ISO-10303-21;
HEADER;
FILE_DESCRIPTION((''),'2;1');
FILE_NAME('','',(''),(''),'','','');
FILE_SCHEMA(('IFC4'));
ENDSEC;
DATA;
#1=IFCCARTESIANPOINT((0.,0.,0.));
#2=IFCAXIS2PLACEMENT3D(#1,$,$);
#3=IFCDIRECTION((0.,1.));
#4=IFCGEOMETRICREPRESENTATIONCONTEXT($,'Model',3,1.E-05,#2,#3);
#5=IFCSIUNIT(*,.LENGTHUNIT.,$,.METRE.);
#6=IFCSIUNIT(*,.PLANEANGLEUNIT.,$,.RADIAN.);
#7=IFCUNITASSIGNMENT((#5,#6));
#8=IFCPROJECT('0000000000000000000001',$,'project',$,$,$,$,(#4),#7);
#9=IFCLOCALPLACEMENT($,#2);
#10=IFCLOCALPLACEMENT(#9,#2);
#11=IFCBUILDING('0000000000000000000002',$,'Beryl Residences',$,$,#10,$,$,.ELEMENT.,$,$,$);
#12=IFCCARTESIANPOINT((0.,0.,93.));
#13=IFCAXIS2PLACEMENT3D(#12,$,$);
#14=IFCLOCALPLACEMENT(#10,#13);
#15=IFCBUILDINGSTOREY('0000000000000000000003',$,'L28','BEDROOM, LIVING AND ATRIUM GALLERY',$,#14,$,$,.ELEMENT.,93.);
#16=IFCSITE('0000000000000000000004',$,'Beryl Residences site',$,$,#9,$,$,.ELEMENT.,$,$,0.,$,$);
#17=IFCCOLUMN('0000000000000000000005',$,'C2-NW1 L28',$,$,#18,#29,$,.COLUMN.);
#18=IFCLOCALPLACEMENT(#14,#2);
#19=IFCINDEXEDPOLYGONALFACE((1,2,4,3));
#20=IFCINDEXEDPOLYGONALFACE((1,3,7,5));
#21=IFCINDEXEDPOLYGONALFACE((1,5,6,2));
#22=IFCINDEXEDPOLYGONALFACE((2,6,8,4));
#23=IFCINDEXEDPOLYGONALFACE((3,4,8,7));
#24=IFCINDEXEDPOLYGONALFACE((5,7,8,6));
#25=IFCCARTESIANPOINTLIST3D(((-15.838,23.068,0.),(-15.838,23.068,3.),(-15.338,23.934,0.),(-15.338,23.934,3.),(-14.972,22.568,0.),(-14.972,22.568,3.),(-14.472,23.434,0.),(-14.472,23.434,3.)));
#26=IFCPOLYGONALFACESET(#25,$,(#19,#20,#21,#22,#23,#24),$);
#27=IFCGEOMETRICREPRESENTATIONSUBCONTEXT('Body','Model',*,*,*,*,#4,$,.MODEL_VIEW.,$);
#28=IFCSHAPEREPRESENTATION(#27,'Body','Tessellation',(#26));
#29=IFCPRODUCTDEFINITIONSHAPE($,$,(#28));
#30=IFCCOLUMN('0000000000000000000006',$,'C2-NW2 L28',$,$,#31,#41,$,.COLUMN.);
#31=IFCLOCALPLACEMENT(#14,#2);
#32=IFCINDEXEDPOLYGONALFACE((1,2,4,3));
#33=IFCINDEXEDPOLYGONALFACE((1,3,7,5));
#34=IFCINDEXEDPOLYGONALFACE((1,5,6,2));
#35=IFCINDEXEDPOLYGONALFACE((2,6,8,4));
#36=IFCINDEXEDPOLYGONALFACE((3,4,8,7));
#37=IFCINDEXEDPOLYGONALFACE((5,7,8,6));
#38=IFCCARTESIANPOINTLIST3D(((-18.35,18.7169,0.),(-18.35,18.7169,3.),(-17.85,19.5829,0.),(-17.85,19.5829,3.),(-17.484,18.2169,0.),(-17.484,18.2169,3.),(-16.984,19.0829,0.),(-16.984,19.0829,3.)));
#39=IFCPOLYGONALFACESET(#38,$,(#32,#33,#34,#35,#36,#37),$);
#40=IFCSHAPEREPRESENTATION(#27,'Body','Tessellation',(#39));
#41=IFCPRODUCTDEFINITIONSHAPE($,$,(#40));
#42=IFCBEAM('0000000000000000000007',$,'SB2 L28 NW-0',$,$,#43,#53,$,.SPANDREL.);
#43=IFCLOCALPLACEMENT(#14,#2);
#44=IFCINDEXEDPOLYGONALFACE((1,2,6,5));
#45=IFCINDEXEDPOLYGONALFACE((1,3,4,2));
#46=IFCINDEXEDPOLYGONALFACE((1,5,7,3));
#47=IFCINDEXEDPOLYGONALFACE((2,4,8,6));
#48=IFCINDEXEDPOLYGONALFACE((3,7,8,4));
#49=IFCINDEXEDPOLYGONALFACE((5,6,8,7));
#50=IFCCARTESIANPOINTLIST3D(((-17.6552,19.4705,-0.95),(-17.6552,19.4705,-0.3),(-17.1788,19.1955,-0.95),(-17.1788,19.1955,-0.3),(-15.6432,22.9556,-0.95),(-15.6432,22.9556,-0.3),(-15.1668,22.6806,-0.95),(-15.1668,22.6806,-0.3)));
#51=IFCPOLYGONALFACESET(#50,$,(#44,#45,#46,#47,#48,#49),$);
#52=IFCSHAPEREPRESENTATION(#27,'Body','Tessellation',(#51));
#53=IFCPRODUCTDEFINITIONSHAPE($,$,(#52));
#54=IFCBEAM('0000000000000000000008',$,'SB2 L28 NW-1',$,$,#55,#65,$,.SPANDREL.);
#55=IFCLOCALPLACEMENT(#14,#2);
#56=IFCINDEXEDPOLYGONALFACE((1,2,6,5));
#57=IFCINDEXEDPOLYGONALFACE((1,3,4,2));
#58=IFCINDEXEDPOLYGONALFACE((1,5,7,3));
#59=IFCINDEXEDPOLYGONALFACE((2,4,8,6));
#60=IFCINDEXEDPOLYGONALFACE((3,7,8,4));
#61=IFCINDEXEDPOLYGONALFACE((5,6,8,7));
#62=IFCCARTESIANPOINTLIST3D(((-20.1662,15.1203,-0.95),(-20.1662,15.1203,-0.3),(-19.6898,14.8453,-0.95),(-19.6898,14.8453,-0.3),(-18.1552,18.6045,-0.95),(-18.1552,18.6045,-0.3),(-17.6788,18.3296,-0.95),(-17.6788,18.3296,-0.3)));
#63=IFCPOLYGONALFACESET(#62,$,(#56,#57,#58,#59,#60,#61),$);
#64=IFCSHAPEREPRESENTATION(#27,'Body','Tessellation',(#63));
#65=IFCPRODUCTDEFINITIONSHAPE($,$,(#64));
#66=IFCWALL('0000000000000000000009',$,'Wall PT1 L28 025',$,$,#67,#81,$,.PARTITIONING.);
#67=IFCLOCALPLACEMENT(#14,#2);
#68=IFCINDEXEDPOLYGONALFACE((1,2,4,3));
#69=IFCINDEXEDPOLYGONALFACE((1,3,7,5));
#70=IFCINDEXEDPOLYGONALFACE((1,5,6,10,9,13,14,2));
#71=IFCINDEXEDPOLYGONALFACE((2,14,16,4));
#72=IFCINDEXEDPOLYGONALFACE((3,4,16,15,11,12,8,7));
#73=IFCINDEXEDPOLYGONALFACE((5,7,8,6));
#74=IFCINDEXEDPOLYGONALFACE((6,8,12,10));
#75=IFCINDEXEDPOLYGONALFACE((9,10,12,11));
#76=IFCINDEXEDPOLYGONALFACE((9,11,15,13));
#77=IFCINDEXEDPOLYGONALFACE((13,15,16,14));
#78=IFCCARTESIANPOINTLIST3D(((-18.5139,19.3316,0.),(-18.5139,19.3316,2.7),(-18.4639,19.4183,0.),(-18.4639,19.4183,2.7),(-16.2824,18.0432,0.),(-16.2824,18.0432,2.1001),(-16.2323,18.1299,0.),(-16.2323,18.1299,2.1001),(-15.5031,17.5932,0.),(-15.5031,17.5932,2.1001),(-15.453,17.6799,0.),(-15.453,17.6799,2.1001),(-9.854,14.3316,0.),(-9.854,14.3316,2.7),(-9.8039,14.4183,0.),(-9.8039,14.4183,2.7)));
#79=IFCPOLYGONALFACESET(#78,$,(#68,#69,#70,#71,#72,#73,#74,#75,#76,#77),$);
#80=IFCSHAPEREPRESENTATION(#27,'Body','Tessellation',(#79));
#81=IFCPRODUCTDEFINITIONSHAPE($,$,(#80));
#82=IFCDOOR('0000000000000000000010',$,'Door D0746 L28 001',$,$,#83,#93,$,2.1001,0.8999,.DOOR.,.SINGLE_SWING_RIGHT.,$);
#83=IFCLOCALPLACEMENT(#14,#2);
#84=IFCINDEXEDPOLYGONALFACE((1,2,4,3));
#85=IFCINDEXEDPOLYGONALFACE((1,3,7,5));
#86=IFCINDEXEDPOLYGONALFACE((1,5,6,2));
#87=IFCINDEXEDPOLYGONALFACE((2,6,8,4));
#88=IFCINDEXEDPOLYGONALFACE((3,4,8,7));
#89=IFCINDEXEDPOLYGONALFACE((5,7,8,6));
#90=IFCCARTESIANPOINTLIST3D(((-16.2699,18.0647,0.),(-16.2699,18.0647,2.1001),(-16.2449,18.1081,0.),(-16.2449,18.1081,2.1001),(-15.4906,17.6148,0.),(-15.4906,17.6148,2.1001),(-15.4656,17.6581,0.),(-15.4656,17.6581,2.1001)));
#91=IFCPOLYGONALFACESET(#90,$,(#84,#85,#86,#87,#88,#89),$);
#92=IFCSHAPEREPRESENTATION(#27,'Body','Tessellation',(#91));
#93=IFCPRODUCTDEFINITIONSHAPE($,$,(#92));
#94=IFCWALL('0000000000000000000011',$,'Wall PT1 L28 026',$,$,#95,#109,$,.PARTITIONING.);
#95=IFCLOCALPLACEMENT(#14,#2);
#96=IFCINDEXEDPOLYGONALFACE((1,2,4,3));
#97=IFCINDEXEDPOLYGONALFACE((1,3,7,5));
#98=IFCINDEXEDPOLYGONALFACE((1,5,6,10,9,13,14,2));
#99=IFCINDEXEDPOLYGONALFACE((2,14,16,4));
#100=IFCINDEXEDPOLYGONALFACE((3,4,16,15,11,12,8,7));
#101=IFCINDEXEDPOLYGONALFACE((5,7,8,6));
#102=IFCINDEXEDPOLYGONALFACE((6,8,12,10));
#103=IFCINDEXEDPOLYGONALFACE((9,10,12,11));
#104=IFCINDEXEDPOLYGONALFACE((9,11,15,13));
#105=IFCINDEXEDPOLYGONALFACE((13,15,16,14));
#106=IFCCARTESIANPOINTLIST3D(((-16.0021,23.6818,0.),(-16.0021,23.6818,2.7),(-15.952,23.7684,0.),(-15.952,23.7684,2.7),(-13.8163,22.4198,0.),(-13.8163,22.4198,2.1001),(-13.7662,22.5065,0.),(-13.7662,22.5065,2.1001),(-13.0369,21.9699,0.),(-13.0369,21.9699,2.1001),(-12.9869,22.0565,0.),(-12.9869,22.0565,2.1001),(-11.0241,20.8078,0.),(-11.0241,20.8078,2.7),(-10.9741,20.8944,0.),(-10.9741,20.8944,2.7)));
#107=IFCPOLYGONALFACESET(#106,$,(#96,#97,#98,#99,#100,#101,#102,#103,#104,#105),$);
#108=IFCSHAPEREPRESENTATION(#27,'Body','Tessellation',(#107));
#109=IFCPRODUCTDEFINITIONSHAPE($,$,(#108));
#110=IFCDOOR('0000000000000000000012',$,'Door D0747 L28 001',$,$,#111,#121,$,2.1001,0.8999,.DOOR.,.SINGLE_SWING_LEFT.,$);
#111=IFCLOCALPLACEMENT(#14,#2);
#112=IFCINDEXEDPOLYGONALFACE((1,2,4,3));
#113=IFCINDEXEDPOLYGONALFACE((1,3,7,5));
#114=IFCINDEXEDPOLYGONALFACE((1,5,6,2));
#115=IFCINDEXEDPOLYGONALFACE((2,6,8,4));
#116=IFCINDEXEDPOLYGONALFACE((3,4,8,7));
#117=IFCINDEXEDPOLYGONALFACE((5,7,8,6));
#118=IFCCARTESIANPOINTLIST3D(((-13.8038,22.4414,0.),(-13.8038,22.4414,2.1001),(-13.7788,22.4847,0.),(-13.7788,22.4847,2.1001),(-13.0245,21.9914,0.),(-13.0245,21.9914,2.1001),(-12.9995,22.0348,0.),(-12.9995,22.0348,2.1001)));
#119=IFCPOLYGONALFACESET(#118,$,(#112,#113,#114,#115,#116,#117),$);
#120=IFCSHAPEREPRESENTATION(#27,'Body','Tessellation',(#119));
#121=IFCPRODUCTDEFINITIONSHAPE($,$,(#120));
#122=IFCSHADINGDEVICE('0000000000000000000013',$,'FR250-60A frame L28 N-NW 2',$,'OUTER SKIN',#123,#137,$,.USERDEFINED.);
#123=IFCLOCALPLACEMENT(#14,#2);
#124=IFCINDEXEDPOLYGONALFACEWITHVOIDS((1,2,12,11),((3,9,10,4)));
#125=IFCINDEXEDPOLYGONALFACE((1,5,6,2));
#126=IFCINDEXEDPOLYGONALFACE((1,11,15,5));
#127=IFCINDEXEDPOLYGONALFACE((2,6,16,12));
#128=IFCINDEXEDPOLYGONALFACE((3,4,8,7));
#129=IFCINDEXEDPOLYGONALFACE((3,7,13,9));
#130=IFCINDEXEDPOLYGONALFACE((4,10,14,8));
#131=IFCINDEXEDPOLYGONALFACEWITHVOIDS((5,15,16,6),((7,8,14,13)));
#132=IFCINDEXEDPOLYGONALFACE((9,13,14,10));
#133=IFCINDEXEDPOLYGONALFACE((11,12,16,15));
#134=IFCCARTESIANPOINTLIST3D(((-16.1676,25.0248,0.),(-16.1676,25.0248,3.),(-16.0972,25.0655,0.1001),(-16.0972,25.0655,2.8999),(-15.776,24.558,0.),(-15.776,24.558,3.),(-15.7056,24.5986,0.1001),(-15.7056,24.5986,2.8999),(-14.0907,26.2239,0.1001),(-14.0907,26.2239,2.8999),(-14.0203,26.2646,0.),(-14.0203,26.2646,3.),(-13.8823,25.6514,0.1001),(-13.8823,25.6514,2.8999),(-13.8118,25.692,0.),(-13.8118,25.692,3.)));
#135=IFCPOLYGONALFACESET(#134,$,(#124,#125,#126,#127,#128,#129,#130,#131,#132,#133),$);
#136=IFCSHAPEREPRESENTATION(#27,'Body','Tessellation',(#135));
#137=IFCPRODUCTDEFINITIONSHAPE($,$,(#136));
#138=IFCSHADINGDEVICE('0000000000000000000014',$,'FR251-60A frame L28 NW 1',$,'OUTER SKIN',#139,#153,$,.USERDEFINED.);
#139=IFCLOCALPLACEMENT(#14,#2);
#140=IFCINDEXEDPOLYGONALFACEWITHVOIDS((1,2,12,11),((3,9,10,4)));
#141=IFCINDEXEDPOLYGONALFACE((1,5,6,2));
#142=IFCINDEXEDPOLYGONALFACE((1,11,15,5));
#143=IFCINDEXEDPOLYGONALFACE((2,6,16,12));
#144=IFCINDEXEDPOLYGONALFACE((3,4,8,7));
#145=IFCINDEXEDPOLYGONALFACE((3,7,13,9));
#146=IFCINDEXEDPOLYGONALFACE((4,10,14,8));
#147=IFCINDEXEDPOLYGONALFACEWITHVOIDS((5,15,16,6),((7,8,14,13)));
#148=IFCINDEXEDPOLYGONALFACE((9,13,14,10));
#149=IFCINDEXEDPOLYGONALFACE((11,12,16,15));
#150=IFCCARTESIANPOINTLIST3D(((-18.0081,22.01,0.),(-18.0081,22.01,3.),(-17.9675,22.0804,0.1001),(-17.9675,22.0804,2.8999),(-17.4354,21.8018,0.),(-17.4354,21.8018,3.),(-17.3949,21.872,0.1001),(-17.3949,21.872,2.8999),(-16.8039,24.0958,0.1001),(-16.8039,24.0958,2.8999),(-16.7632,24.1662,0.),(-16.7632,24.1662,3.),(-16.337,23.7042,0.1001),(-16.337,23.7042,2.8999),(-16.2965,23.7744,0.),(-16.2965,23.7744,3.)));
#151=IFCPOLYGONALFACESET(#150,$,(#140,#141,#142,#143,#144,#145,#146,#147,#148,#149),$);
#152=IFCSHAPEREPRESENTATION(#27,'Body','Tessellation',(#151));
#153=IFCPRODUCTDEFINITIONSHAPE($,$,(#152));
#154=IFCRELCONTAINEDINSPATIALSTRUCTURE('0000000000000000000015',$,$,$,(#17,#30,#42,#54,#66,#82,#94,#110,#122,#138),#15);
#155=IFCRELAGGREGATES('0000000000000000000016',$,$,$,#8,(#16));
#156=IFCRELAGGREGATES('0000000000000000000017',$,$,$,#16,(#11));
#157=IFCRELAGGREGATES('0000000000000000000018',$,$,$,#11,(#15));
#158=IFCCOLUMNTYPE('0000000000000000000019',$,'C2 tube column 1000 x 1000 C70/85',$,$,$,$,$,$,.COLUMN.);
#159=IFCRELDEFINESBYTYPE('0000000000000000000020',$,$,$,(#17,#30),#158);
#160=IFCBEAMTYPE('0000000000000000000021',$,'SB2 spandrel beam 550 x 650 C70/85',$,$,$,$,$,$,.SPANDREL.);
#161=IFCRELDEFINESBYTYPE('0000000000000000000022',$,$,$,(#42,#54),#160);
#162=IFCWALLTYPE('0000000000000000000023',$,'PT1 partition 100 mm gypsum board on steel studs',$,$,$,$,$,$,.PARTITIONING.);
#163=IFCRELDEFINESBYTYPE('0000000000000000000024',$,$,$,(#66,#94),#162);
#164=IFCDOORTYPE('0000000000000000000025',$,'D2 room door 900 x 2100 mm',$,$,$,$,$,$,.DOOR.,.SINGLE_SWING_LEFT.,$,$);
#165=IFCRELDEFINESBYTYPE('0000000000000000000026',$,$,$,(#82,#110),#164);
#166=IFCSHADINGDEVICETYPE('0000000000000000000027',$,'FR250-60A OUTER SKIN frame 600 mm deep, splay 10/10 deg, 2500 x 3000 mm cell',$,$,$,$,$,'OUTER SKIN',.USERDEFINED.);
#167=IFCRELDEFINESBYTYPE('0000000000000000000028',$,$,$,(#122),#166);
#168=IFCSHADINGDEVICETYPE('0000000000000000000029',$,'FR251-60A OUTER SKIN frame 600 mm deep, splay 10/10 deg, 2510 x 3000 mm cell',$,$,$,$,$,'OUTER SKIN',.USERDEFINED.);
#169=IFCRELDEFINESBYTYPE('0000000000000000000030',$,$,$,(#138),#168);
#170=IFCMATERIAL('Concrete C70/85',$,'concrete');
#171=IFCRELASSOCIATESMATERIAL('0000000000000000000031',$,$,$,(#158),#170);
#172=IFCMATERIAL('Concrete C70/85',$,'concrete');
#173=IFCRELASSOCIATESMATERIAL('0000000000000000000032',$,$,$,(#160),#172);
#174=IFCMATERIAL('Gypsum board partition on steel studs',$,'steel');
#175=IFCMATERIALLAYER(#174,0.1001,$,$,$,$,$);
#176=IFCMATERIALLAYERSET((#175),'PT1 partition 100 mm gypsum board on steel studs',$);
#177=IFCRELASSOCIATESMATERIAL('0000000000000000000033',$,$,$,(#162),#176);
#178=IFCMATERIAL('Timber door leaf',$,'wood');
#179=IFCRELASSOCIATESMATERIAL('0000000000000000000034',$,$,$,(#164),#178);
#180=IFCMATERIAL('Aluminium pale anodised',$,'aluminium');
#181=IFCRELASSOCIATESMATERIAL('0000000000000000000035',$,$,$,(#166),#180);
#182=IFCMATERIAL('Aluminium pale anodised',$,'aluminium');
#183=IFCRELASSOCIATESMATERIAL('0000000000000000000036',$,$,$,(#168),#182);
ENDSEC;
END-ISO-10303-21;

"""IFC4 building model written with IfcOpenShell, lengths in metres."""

from ifc_helpers import new_model, entity, si_unit, direction, frame, frame_2d, origin, origin_2d, place, context, subcontext, project, spatial, rectangle, extrude, source, transform, mapped, material, layer, layer_set, material_profile, profile_set, type_object, type_shapes, element, fill, save


model = new_model("IFC4")

# Units and contexts
model_context = context("Model", 3, precision=1e-05, world=origin(), true_north=direction((0.0, 1.0)))
body_context = subcontext(model_context, "Body", "Model", "MODEL_VIEW")
ifc_project = project(units=[si_unit("LENGTHUNIT", "METRE"), si_unit("PLANEANGLEUNIT", "RADIAN")], contexts=[model_context])

# Site, building, storey
site_placement = place(None, origin())
site = spatial("IfcSite", under=ifc_project, at=site_placement, Name="Beryl Residences site", CompositionType="ELEMENT", RefElevation=0.0)
building_placement = place(site_placement, origin())
building = spatial("IfcBuilding", under=site, at=building_placement, Name="Beryl Residences", CompositionType="ELEMENT")
storey_placement = place(building_placement, frame((0.0, 0.0, 93.0)))
storey = spatial("IfcBuildingStorey", under=building, at=storey_placement, Name="L28", Description="BEDROOM, LIVING AND ATRIUM GALLERY", CompositionType="ELEMENT", Elevation=93.0)

# Columns
ifc_material_1 = material(Name="Concrete C70/85", Category="concrete")
ifc_material_profile_1 = material_profile(ifc_material_1, rectangle(XDim=1.0, YDim=1.0, at=origin_2d()))
ifc_profile_set_1 = profile_set([ifc_material_profile_1], Name="Concrete C70/85")
column_type = type_object("IfcColumnType", Name="C2 tube column 1000 x 1000 C70/85", PredefinedType="COLUMN", material=ifc_profile_set_1)
for number, where, z_axis, x_axis, name in (
    (1, (-15.155, 23.251, 0.0), (0.0, 0.0, 1.0), (-0.5, -0.866025, 0.0), "C2-NW1 L28"),
    (2, (-17.667, 18.8999, 0.0), (0.0, 0.0, 1.0), (-0.5, -0.866025, 0.0), "C2-NW2 L28"),
):
    element("IfcColumn", number, at=place(storey_placement, frame(where, z_axis=z_axis, x_axis=x_axis)), inside=storey, type_object=column_type, Name=name, PredefinedType="COLUMN", context=body_context, shape_type="SweptSolid", body=[
        extrude(rectangle(XDim=1.0, YDim=1.0, at=origin_2d()), origin(), (0.0, 0.0, 1.0), 3.0),
    ])

# Beams
ifc_material_2 = material(Name="Concrete C70/85", Category="concrete")
ifc_material_profile_2 = material_profile(ifc_material_2, rectangle(XDim=0.55, YDim=0.6499, at=origin_2d()))
ifc_profile_set_2 = profile_set([ifc_material_profile_2], Name="Concrete C70/85")
beam_type = type_object("IfcBeamType", Name="SB2 spandrel beam 550 x 650 C70/85", PredefinedType="SPANDREL", material=ifc_profile_set_2)
beam_1_placement = place(storey_placement, frame((-15.405, 22.8181, -0.625), z_axis=(-0.499969, -0.866043, 0.0), x_axis=(0.866043, -0.499969, 0.0)))
element("IfcBeam", 3, at=beam_1_placement, inside=storey, type_object=beam_type, Name="SB2 L28 NW-0", PredefinedType="SPANDREL", context=body_context, shape_type="SweptSolid", body=[
    extrude(rectangle(XDim=0.55, YDim=0.6499, at=origin_2d()), origin(), (0.0, 0.0, 1.0), 4.0242),
])
beam_2_placement = place(storey_placement, frame((-17.917, 18.467, -0.625), z_axis=(-0.499892, -0.866088, 0.0), x_axis=(0.866088, -0.499892, 0.0)))
element("IfcBeam", 4, at=beam_2_placement, inside=storey, type_object=beam_type, Name="SB2 L28 NW-1", PredefinedType="SPANDREL", context=body_context, shape_type="SweptSolid", body=[
    extrude(rectangle(XDim=0.55, YDim=0.6499, at=origin_2d()), origin(), (0.0, 0.0, 1.0), 4.0229),
])

# Walls, openings, doors
ifc_material_3 = material(Name="Gypsum board partition on steel studs", Category="steel")
ifc_layer_1 = layer(ifc_material_3, 0.1001)
ifc_layer_set_1 = layer_set([ifc_layer_1], Name="PT1 partition 100 mm gypsum board on steel studs")
wall_type_1 = type_object("IfcWallType", Name="PT1 partition 100 mm gypsum board on steel studs", PredefinedType="PARTITIONING", material=ifc_layer_set_1)
wall_1_placement = place(storey_placement, frame((-18.489, 19.375, 0.0), z_axis=(0.0, 0.0, 1.0), x_axis=(0.866017, -0.500015, 0.0)))
wall_1 = element("IfcWall", 5, at=wall_1_placement, inside=storey, type_object=wall_type_1, Name="Wall PT1 L28 025", PredefinedType="PARTITIONING", context=body_context, shape_type="SweptSolid", body=[
    extrude(rectangle(XDim=9.9998, YDim=0.1001, at=frame_2d((5.0, 0.0))), origin(), (0.0, 0.0, 1.0), 2.7),
])
opening_1_placement = place(wall_1_placement, frame((2.5769, 0.0, 0.0)))
opening_1 = element("IfcOpeningElement", 6, at=opening_1_placement, cuts=wall_1, PredefinedType="OPENING", context=body_context, shape_type="SweptSolid", body=[
    extrude(rectangle(XDim=0.8999, YDim=2.1001, at=frame_2d((0.45, 1.05))), frame((0.0, 0.0601, 0.0), z_axis=(0.0, -1.0, 0.0), x_axis=(1.0, 0.0, 0.0)), (0.0, 0.0, 1.0), 0.1201),
])
ifc_material_4 = material(Name="Timber door leaf", Category="wood")
door_type = type_object("IfcDoorType", Name="D2 room door 900 x 2100 mm", OperationType="SINGLE_SWING_LEFT", PredefinedType="DOOR", material=ifc_material_4)
door_1_placement = place(opening_1_placement, origin())
door_1 = element("IfcDoor", 7, at=door_1_placement, inside=storey, type_object=door_type, Name="Door D0746 L28 001", OperationType="SINGLE_SWING_RIGHT", OverallHeight=2.1001, OverallWidth=0.8999, PredefinedType="DOOR", context=body_context, shape_type="SweptSolid", body=[
    extrude(rectangle(XDim=0.8999, YDim=2.1001, at=frame_2d((0.45, 1.05))), frame((0.0, 0.0249, 0.0), z_axis=(0.0, -1.0, 0.0), x_axis=(1.0, 0.0, 0.0)), (0.0, 0.0, 1.0), 0.05),
])
fill(opening_1, door_1)
wall_2_placement = place(storey_placement, frame((-15.9771, 23.7251, 0.0), z_axis=(0.0, 0.0, 1.0), x_axis=(0.866029, -0.499995, 0.0)))
wall_2 = element("IfcWall", 8, at=wall_2_placement, inside=storey, type_object=wall_type_1, Name="Wall PT1 L28 026", PredefinedType="PARTITIONING", context=body_context, shape_type="SweptSolid", body=[
    extrude(rectangle(XDim=5.748, YDim=0.1001, at=frame_2d((2.874, 0.0))), origin(), (0.0, 0.0, 1.0), 2.7),
])
opening_2_placement = place(wall_2_placement, frame((2.5239, 0.0, 0.0)))
opening_2 = element("IfcOpeningElement", 9, at=opening_2_placement, cuts=wall_2, PredefinedType="OPENING", context=body_context, shape_type="SweptSolid", body=[
    extrude(rectangle(XDim=0.8999, YDim=2.1001, at=frame_2d((0.45, 1.05))), frame((0.0, 0.0601, 0.0), z_axis=(0.0, -1.0, 0.0), x_axis=(1.0, 0.0, 0.0)), (0.0, 0.0, 1.0), 0.1201),
])
door_2_placement = place(opening_2_placement, origin())
door_2 = element("IfcDoor", 10, at=door_2_placement, inside=storey, type_object=door_type, Name="Door D0747 L28 001", OperationType="SINGLE_SWING_LEFT", OverallHeight=2.1001, OverallWidth=0.8999, PredefinedType="DOOR", context=body_context, shape_type="SweptSolid", body=[
    extrude(rectangle(XDim=0.8999, YDim=2.1001, at=frame_2d((0.45, 1.05))), frame((0.0, 0.0249, 0.0), z_axis=(0.0, -1.0, 0.0), x_axis=(1.0, 0.0, 0.0)), (0.0, 0.0, 1.0), 0.05),
])
fill(opening_2, door_2)

# Shading devices
ifc_material_5 = material(Name="Aluminium pale anodised", Category="aluminium")
shading_device_type_1 = type_object("IfcShadingDeviceType", Name="FR250-60A OUTER SKIN frame 600 mm deep, splay 10/10 deg, 2500 x 3000 mm cell", ElementType="OUTER SKIN", PredefinedType="USERDEFINED", material=ifc_material_5)
cartesian_point_1 = entity("IfcCartesianPoint", [-1.134, 0.0])
cartesian_point_2 = entity("IfcCartesianPoint", [-1.0527, 0.1001])
cartesian_point_3 = entity("IfcCartesianPoint", [-1.2397, 0.0])
cartesian_point_4 = entity("IfcCartesianPoint", [-1.1584, 0.1001])
shared_shape_1 = source(origin(), body_context, "Body", "SweptSolid", [
    entity("IfcExtrudedAreaSolidTapered", entity("IfcArbitraryProfileDefWithVoids", "AREA", None, entity("IfcPolyline", [cartesian_point_1, entity("IfcCartesianPoint", [1.134, 0.0]), entity("IfcCartesianPoint", [1.134, 3.0]), entity("IfcCartesianPoint", [-1.134, 3.0]), cartesian_point_1]), [entity("IfcPolyline", [cartesian_point_2, entity("IfcCartesianPoint", [1.0527, 0.1001]), entity("IfcCartesianPoint", [1.0527, 2.8999]), entity("IfcCartesianPoint", [-1.0527, 2.8999]), cartesian_point_2])]), entity("IfcAxis2Placement3D", entity("IfcCartesianPoint", [0.0, 0.0, 0.0]), entity("IfcDirection", [0.0, 1.0, 0.0]), entity("IfcDirection", [-1.0, 0.0, 0.0])), entity("IfcDirection", [0.0, 0.0, 1.0]), 0.6001, entity("IfcArbitraryProfileDefWithVoids", "AREA", None, entity("IfcPolyline", [cartesian_point_3, entity("IfcCartesianPoint", [1.2397, 0.0]), entity("IfcCartesianPoint", [1.2397, 3.0]), entity("IfcCartesianPoint", [-1.2397, 3.0]), cartesian_point_3]), [entity("IfcPolyline", [cartesian_point_4, entity("IfcCartesianPoint", [1.1584, 0.1001]), entity("IfcCartesianPoint", [1.1584, 2.8999]), entity("IfcCartesianPoint", [-1.1584, 2.8999]), cartesian_point_4])])),
])
type_shapes(shading_device_type_1, [shared_shape_1])
shading_device_placement = place(storey_placement, frame((-14.7939, 25.125, 0.0), z_axis=(0.0, 0.0, 1.0), x_axis=(0.866025, 0.5, 0.0)))
element("IfcShadingDevice", 11, at=shading_device_placement, inside=storey, type_object=shading_device_type_1, Name="FR250-60A frame L28 N-NW 2", ObjectType="OUTER SKIN", PredefinedType="USERDEFINED", context=body_context, shape_type="MappedRepresentation", body=[
    mapped(shared_shape_1, transform((0.0, 0.0, 0.0))),
])
ifc_material_6 = material(Name="Aluminium pale anodised", Category="aluminium")
shading_device_type_2 = type_object("IfcShadingDeviceType", Name="FR251-60A OUTER SKIN frame 600 mm deep, splay 10/10 deg, 2510 x 3000 mm cell", ElementType="OUTER SKIN", PredefinedType="USERDEFINED", material=ifc_material_6)
cartesian_point_5 = entity("IfcCartesianPoint", [-1.1389, 0.0])
cartesian_point_6 = entity("IfcCartesianPoint", [-1.0579, 0.1001])
cartesian_point_7 = entity("IfcCartesianPoint", [-1.2449, 0.0])
cartesian_point_8 = entity("IfcCartesianPoint", [-1.1636, 0.1001])
shared_shape_2 = source(origin(), body_context, "Body", "SweptSolid", [
    entity("IfcExtrudedAreaSolidTapered", entity("IfcArbitraryProfileDefWithVoids", "AREA", None, entity("IfcPolyline", [cartesian_point_5, entity("IfcCartesianPoint", [1.1389, 0.0]), entity("IfcCartesianPoint", [1.1389, 3.0]), entity("IfcCartesianPoint", [-1.1389, 3.0]), cartesian_point_5]), [entity("IfcPolyline", [cartesian_point_6, entity("IfcCartesianPoint", [1.0579, 0.1001]), entity("IfcCartesianPoint", [1.0579, 2.8999]), entity("IfcCartesianPoint", [-1.0579, 2.8999]), cartesian_point_6])]), entity("IfcAxis2Placement3D", entity("IfcCartesianPoint", [0.0, 0.0, 0.0]), entity("IfcDirection", [0.0, 1.0, 0.0]), entity("IfcDirection", [-1.0, 0.0, 0.0])), entity("IfcDirection", [0.0, 0.0, 1.0]), 0.6001, entity("IfcArbitraryProfileDefWithVoids", "AREA", None, entity("IfcPolyline", [cartesian_point_7, entity("IfcCartesianPoint", [1.2449, 0.0]), entity("IfcCartesianPoint", [1.2449, 3.0]), entity("IfcCartesianPoint", [-1.2449, 3.0]), cartesian_point_7]), [entity("IfcPolyline", [cartesian_point_8, entity("IfcCartesianPoint", [1.1636, 0.1001]), entity("IfcCartesianPoint", [1.1636, 2.8999]), entity("IfcCartesianPoint", [-1.1636, 2.8999]), cartesian_point_8])])),
])
type_shapes(shading_device_type_2, [shared_shape_2])
for number, where, z_axis, x_axis, name in (
    (12, (-16.866, 22.7881, 0.0), (0.0, 0.0, 1.0), (0.5, 0.866025, 0.0), "FR251-60A frame L28 NW 1"),
):
    element("IfcShadingDevice", number, at=place(storey_placement, frame(where, z_axis=z_axis, x_axis=x_axis)), inside=storey, type_object=shading_device_type_2, Name=name, ObjectType="OUTER SKIN", PredefinedType="USERDEFINED", context=body_context, shape_type="MappedRepresentation", body=[
        mapped(shared_shape_2, transform((0.0, 0.0, 0.0))),
    ])

save(model, "model.ifc")
